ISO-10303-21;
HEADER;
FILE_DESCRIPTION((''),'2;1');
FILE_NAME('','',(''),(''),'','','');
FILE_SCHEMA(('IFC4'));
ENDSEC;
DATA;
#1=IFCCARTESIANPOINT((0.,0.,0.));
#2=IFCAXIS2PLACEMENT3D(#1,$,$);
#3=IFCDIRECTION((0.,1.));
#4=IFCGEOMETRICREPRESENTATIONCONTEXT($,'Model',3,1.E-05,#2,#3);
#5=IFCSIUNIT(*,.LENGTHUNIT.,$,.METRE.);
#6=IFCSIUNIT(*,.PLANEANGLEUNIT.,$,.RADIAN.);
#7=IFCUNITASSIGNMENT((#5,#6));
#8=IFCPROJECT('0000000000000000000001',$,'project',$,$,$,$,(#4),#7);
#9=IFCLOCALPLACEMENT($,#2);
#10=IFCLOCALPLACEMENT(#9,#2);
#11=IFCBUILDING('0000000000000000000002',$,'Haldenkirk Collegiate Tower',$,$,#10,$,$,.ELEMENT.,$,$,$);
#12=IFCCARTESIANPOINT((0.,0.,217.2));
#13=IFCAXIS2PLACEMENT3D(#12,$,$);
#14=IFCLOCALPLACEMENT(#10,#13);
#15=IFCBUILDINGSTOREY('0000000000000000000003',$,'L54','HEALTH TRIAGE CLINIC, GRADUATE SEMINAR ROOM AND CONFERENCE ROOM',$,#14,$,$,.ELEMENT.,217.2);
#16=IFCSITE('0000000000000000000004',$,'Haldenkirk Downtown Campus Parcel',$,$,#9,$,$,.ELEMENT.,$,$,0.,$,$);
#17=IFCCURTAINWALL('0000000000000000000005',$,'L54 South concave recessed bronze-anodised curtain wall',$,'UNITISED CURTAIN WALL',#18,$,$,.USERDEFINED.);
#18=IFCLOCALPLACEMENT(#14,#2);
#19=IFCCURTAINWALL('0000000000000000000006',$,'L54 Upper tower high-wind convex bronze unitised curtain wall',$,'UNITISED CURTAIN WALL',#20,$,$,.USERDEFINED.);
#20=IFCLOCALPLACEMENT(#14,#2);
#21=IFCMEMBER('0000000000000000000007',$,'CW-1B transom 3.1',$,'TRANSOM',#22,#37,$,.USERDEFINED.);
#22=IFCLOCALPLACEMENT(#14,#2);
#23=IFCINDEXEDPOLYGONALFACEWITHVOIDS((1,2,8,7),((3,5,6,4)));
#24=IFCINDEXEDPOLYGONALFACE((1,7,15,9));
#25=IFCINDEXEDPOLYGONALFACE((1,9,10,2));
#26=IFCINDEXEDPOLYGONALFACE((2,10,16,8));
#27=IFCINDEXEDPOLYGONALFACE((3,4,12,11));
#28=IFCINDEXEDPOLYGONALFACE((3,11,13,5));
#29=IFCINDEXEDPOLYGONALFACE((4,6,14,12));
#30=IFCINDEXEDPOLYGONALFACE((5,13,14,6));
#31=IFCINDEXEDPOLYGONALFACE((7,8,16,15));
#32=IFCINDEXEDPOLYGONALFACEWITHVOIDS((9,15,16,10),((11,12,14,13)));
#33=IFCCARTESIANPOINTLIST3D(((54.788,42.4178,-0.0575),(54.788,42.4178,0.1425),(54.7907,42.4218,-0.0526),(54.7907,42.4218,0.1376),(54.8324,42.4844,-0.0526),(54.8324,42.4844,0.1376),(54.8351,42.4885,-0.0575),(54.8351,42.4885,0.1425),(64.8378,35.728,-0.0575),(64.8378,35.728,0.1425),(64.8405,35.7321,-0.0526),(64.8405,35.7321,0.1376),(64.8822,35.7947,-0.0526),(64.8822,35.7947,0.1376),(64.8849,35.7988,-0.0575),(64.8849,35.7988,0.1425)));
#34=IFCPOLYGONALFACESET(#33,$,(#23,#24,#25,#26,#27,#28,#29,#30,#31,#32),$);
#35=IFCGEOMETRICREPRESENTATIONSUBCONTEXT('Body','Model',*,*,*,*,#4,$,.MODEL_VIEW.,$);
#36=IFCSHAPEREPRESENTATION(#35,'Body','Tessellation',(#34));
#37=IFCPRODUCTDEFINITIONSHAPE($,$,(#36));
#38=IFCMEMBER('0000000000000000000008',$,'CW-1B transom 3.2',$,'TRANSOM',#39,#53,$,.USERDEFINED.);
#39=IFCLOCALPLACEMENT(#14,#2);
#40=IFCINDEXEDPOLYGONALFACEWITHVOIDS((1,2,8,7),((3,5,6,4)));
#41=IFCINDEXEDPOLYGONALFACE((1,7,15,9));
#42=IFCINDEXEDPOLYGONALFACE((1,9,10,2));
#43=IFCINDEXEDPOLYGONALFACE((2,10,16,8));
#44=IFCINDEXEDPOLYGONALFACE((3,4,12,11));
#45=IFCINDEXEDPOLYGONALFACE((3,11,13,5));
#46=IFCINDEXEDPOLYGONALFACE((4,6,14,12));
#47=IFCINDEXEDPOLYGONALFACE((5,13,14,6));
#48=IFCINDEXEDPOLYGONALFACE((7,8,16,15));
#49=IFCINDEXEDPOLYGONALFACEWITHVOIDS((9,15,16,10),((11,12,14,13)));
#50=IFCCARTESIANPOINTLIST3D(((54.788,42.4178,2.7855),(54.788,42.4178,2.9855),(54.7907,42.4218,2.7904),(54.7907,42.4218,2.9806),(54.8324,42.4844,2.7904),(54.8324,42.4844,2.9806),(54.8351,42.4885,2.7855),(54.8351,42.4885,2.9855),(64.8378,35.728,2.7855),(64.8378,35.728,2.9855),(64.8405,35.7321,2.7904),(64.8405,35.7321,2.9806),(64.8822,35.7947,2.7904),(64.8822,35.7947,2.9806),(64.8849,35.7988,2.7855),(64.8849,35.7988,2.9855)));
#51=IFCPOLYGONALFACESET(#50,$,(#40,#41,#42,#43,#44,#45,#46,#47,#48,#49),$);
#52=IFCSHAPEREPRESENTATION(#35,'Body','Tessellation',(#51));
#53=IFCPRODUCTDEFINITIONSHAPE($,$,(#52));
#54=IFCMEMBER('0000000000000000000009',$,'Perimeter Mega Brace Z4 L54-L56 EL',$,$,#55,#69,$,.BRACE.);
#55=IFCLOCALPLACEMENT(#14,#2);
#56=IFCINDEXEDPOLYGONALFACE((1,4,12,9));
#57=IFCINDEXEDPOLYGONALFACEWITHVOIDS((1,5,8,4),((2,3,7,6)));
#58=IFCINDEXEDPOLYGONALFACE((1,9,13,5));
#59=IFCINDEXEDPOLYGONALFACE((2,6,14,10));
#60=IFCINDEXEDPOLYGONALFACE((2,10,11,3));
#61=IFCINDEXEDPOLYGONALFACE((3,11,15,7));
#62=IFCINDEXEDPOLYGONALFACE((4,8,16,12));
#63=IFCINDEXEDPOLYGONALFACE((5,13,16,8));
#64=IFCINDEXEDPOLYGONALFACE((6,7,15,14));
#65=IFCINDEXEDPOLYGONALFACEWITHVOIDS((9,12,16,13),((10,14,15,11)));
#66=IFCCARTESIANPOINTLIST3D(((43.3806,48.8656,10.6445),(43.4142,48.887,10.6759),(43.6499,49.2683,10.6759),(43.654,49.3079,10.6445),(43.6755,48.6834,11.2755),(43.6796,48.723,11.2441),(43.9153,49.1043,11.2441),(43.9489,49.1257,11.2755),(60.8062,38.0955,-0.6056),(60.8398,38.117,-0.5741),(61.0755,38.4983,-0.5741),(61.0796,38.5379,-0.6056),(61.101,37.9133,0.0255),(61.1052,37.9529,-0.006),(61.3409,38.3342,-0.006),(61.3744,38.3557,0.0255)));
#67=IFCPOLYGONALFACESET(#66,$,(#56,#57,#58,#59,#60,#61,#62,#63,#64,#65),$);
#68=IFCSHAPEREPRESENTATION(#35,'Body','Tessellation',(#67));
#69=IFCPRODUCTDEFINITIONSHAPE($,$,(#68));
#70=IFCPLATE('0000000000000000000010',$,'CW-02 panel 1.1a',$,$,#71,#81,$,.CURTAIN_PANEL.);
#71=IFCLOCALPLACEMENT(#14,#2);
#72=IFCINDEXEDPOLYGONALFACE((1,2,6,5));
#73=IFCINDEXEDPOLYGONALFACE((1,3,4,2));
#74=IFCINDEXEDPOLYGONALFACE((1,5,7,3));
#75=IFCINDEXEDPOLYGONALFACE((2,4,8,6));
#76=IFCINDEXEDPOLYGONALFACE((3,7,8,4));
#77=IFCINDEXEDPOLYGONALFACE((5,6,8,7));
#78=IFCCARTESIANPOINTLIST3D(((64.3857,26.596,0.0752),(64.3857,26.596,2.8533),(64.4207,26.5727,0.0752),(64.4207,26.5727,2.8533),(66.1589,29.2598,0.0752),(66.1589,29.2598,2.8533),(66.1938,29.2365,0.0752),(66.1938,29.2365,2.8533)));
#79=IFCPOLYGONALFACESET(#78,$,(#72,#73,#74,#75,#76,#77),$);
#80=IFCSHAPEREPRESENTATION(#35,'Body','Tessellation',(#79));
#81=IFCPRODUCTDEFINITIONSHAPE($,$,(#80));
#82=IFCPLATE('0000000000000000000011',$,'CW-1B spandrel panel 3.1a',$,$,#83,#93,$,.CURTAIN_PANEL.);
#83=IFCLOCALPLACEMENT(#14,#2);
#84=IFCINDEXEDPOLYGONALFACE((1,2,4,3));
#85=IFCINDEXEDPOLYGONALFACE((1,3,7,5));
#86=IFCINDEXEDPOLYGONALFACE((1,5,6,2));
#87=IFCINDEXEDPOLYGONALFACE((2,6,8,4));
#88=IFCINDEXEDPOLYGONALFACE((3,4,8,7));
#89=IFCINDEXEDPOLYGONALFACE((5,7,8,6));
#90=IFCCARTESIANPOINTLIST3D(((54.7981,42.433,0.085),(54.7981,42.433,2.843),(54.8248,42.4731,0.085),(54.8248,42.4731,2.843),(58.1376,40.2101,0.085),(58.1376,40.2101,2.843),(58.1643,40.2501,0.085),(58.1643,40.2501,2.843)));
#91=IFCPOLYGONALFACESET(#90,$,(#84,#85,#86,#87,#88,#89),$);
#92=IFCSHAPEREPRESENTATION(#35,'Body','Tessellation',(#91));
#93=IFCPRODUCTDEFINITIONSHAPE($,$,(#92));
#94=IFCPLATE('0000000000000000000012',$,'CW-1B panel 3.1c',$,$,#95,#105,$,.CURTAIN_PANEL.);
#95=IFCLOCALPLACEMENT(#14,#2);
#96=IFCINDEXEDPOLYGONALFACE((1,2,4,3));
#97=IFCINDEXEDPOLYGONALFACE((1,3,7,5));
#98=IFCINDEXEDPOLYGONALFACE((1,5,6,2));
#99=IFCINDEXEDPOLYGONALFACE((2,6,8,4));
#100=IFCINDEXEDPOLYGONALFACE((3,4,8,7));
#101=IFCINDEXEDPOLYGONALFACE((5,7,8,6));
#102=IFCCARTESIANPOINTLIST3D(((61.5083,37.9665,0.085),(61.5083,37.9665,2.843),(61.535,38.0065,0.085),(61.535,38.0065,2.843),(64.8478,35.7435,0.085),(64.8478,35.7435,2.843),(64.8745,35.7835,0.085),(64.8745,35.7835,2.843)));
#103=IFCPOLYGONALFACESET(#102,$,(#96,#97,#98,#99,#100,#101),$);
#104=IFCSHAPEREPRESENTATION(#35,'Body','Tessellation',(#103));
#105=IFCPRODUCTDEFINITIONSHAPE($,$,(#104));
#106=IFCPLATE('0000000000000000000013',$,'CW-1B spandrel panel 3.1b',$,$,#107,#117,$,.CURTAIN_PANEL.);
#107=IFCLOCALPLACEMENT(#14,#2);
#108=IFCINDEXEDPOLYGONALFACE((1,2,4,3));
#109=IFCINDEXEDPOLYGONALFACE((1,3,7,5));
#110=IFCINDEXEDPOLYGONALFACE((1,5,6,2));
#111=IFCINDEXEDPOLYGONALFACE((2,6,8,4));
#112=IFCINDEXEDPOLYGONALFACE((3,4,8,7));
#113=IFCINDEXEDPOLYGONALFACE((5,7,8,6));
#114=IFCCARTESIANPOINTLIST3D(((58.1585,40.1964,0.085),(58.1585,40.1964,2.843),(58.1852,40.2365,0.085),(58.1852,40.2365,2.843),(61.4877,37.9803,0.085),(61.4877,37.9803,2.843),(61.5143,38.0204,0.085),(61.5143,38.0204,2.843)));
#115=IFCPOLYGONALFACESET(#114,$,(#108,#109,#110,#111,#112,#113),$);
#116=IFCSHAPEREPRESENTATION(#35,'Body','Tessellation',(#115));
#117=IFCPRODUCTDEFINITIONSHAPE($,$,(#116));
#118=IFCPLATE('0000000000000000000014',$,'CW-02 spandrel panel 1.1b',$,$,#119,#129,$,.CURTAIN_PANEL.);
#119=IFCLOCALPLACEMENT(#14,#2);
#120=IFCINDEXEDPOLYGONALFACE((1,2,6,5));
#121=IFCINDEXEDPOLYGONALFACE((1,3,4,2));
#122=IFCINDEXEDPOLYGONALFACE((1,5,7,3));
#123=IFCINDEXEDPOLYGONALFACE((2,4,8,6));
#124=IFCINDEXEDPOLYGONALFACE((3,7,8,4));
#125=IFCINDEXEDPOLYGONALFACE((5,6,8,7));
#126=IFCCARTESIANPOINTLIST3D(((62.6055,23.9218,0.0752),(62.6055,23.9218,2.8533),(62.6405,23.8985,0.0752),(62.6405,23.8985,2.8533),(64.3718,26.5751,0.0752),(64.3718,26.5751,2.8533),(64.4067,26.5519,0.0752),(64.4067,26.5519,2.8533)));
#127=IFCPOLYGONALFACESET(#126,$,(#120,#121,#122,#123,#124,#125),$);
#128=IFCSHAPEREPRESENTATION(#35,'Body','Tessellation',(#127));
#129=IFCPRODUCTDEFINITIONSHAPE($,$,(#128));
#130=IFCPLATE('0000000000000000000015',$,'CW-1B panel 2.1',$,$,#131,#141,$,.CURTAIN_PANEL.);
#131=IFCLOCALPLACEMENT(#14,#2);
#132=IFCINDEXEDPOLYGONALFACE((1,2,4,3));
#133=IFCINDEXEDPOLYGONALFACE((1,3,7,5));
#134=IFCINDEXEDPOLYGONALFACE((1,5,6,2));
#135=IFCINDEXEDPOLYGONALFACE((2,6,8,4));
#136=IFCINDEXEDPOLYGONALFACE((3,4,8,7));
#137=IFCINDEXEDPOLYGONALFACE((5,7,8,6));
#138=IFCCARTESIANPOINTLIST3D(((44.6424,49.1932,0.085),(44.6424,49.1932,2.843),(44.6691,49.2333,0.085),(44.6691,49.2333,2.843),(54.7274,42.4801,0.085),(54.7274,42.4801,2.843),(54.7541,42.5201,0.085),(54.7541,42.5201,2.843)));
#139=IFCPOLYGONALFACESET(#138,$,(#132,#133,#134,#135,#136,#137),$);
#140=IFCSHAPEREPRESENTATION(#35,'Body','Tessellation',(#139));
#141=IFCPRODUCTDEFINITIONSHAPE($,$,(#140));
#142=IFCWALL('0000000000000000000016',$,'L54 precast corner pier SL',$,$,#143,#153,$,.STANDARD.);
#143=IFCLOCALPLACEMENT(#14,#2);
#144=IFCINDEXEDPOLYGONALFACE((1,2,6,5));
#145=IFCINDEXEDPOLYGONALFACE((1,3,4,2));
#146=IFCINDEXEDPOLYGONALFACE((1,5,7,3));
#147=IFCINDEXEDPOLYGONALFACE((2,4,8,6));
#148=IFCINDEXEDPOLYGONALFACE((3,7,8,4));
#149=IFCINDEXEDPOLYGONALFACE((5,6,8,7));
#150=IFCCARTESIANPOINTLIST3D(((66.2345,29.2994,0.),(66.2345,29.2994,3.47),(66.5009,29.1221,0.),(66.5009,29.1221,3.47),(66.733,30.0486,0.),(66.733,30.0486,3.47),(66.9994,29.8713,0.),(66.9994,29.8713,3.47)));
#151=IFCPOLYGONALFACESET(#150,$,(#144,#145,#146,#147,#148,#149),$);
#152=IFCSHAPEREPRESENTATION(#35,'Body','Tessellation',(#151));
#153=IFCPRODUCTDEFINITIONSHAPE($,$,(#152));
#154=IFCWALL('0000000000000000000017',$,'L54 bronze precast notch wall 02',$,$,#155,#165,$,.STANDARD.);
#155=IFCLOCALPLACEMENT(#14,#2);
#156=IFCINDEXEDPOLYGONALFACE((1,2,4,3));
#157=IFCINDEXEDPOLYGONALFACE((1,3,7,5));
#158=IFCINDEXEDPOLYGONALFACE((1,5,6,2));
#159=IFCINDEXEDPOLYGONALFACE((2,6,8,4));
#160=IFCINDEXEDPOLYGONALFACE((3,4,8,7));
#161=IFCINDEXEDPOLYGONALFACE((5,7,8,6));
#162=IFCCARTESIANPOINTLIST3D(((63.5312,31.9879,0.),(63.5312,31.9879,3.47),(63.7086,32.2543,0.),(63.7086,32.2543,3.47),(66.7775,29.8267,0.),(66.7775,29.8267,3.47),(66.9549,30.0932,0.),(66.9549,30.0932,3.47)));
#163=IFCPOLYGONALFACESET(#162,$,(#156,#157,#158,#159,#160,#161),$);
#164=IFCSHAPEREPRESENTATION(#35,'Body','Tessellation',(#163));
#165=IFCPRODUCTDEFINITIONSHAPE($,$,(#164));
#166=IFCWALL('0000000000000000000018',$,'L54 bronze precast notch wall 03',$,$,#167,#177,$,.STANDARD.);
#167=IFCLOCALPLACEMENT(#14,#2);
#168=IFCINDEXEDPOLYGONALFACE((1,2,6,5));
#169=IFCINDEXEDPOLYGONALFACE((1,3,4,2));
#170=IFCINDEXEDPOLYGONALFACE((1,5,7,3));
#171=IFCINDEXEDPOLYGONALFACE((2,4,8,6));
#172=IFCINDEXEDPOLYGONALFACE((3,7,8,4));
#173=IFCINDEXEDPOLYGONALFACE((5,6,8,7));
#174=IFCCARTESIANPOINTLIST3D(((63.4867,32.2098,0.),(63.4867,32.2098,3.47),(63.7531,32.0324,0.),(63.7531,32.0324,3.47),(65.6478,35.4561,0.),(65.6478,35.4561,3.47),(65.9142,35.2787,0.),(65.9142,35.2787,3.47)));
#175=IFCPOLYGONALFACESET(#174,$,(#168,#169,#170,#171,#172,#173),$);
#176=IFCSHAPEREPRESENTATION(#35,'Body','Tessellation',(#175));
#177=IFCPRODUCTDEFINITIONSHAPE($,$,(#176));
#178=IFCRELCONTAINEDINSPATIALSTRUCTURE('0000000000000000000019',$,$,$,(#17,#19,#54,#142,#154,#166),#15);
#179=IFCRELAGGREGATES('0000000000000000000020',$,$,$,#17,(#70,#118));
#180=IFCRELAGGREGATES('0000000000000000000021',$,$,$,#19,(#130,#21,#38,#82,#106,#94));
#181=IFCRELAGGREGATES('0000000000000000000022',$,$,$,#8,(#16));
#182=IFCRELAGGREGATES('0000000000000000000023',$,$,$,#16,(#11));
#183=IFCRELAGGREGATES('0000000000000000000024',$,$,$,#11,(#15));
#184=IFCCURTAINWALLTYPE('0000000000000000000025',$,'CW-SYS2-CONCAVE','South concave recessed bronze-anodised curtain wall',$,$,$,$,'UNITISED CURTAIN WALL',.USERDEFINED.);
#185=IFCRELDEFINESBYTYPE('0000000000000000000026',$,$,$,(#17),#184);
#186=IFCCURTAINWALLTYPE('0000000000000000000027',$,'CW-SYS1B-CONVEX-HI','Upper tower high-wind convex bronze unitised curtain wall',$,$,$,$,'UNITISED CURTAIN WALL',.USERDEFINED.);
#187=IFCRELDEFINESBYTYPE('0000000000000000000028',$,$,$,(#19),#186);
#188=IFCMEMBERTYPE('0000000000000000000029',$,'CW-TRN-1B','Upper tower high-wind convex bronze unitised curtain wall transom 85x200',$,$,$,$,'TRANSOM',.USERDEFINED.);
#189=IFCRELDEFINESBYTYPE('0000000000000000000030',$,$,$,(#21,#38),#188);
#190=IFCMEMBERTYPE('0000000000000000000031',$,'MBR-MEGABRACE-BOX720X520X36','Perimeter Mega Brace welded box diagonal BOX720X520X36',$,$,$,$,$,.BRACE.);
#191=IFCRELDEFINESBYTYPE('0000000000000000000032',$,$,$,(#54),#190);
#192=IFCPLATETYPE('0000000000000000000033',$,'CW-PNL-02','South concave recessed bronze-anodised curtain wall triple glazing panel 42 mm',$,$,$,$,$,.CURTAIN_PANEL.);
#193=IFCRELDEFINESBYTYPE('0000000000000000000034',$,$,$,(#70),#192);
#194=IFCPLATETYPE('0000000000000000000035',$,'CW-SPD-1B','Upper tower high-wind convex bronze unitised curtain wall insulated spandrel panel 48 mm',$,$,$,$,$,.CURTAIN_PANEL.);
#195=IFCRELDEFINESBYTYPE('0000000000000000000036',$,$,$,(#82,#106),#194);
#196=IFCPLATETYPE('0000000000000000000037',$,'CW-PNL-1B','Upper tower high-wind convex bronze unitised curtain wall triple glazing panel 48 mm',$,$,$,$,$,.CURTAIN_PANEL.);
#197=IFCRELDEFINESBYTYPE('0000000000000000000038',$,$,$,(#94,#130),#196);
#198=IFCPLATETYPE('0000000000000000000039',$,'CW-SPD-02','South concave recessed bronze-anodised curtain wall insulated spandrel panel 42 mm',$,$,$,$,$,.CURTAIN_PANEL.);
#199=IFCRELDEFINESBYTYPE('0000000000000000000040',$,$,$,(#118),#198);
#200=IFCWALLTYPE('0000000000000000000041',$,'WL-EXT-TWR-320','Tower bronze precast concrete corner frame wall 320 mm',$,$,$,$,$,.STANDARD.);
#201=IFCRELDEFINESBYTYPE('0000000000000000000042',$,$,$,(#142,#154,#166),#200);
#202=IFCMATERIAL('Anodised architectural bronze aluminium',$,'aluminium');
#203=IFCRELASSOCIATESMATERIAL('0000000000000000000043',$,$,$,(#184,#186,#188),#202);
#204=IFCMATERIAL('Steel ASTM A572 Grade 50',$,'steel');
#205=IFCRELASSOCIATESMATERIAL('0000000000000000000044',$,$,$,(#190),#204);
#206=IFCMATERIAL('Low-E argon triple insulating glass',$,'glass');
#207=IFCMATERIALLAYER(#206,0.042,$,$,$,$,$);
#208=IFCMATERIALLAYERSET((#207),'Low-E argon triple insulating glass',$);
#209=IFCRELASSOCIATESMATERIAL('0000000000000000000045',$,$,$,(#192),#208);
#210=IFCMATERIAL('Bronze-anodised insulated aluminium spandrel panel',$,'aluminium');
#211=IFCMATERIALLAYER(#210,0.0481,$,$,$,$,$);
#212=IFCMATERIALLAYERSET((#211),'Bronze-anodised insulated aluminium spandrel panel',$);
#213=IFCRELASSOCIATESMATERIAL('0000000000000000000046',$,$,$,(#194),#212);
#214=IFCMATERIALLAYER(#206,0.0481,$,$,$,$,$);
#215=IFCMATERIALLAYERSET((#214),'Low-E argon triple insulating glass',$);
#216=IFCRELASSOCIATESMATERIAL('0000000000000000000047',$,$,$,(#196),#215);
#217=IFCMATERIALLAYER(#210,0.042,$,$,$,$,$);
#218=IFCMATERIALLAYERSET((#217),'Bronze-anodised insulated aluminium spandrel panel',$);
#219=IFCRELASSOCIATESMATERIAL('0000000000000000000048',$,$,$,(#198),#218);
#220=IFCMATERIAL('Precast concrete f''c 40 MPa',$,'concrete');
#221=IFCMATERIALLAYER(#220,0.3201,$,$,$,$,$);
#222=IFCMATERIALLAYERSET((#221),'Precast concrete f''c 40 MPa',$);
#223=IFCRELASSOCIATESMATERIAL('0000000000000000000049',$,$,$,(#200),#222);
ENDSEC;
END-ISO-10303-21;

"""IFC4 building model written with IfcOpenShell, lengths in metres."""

from ifc_helpers import new_model, si_unit, direction, frame, frame_2d, origin, origin_2d, place, context, subcontext, project, spatial, rectangle, hollow_rectangle, extrude, source, transform, mapped, material, layer, layer_set, material_profile, profile_set, type_object, element, aggregate, save


model = new_model("IFC4")

# Units and contexts
model_context = context("Model", 3, precision=1e-05, world=origin(), true_north=direction((0.0, 1.0)))
body_context = subcontext(model_context, "Body", "Model", "MODEL_VIEW")
ifc_project = project(units=[si_unit("LENGTHUNIT", "METRE"), si_unit("PLANEANGLEUNIT", "RADIAN")], contexts=[model_context])

# Site, building, storey
site_placement = place(None, origin())
site = spatial("IfcSite", under=ifc_project, at=site_placement, Name="Haldenkirk Downtown Campus Parcel", CompositionType="ELEMENT", RefElevation=0.0)
building_placement = place(site_placement, origin())
building = spatial("IfcBuilding", under=site, at=building_placement, Name="Haldenkirk Collegiate Tower", CompositionType="ELEMENT")
storey_placement = place(building_placement, frame((0.0, 0.0, 217.2)))
storey = spatial("IfcBuildingStorey", under=building, at=storey_placement, Name="L54", Description="HEALTH TRIAGE CLINIC, GRADUATE SEMINAR ROOM AND CONFERENCE ROOM", CompositionType="ELEMENT", Elevation=217.2)

# Shared definitions
ifc_material_1 = material(Name="Steel ASTM A572 Grade 50", Category="steel")

# Curtain wall
ifc_material_2 = material(Name="Anodised architectural bronze aluminium", Category="aluminium")
curtain_wall_type_1 = type_object("IfcCurtainWallType", Name="CW-SYS2-CONCAVE", Description="South concave recessed bronze-anodised curtain wall", ElementType="UNITISED CURTAIN WALL", PredefinedType="USERDEFINED", material=ifc_material_2)
curtain_wall_1_placement = place(storey_placement, origin())
curtain_wall_1 = element("IfcCurtainWall", 1, at=curtain_wall_1_placement, inside=storey, type_object=curtain_wall_type_1, Name="L54 South concave recessed bronze-anodised curtain wall", ObjectType="UNITISED CURTAIN WALL", PredefinedType="USERDEFINED")

# Curtain wall
curtain_wall_type_2 = type_object("IfcCurtainWallType", Name="CW-SYS1B-CONVEX-HI", Description="Upper tower high-wind convex bronze unitised curtain wall", ElementType="UNITISED CURTAIN WALL", PredefinedType="USERDEFINED", material=ifc_material_2)
curtain_wall_2_placement = place(storey_placement, origin())
curtain_wall_2 = element("IfcCurtainWall", 2, at=curtain_wall_2_placement, inside=storey, type_object=curtain_wall_type_2, Name="L54 Upper tower high-wind convex bronze unitised curtain wall", ObjectType="UNITISED CURTAIN WALL", PredefinedType="USERDEFINED")

# Members
ifc_material_profile_1 = material_profile(ifc_material_2, hollow_rectangle(XDim=0.085, YDim=0.2, WallThickness=0.0049, at=origin_2d()), Name="CW-TRN-1B")
ifc_profile_set_1 = profile_set([ifc_material_profile_1], Name="Anodised architectural bronze aluminium")
member_type_1 = type_object("IfcMemberType", Name="CW-TRN-1B", Description="Upper tower high-wind convex bronze unitised curtain wall transom 85x200", ElementType="TRANSOM", PredefinedType="USERDEFINED", material=ifc_profile_set_1)
member_1_placement = place(storey_placement, frame((54.8115, 42.4531, 0.0425), z_axis=(0.832439, -0.554117, 0.0), x_axis=(0.554117, 0.832439, 0.0)))
member_1 = element("IfcMember", 3, at=member_1_placement, type_object=member_type_1, Name="CW-1B transom 3.1", ObjectType="TRANSOM", PredefinedType="USERDEFINED", context=body_context, shape_type="SweptSolid", body=[
    extrude(hollow_rectangle(XDim=0.085, YDim=0.2, WallThickness=0.0049, at=origin_2d()), origin(), (0.0, 0.0, 1.0), 12.0728),
])
member_2_placement = place(storey_placement, frame((54.8115, 42.4531, 2.8855), z_axis=(0.832439, -0.554117, 0.0), x_axis=(0.554117, 0.832439, 0.0)))
member_2 = element("IfcMember", 4, at=member_2_placement, type_object=member_type_1, Name="CW-1B transom 3.2", ObjectType="TRANSOM", PredefinedType="USERDEFINED", context=body_context, shape_type="SweptSolid", body=[
    extrude(hollow_rectangle(XDim=0.085, YDim=0.2, WallThickness=0.0049, at=origin_2d()), origin(), (0.0, 0.0, 1.0), 12.0728),
])
ifc_material_profile_2 = material_profile(ifc_material_1, hollow_rectangle(XDim=0.52, YDim=0.72, WallThickness=0.0359, at=origin_2d()), Name="BOX720X520X36")
ifc_profile_set_2 = profile_set([ifc_material_profile_2], Name="Steel ASTM A572 Grade 50")
member_type_2 = type_object("IfcMemberType", Name="MBR-MEGABRACE-BOX720X520X36", Description="Perimeter Mega Brace welded box diagonal BOX720X520X36", PredefinedType="BRACE", material=ifc_profile_set_2)
member_3_placement = place(storey_placement, frame((61.0903, 38.2256, -0.29), z_axis=(-0.745604, 0.460828, 0.481365), x_axis=(-0.525747, -0.850641, 0.0)))
element("IfcMember", 5, at=member_3_placement, inside=storey, type_object=member_type_2, Name="Perimeter Mega Brace Z4 L54-L56 EL", PredefinedType="BRACE", context=body_context, shape_type="SweptSolid", body=[
    extrude(hollow_rectangle(XDim=0.52, YDim=0.72, WallThickness=0.0359, at=origin_2d()), origin(), (0.0, 0.0, 1.0), 23.3711),
])

# Plates
ifc_material_3 = material(Name="Low-E argon triple insulating glass", Category="glass")
ifc_layer_1 = layer(ifc_material_3, 0.042)
ifc_layer_set_1 = layer_set([ifc_layer_1], Name="Low-E argon triple insulating glass")
plate_type_1 = type_object("IfcPlateType", Name="CW-PNL-02", Description="South concave recessed bronze-anodised curtain wall triple glazing panel 42 mm", PredefinedType="CURTAIN_PANEL", material=ifc_layer_set_1)
shared_shape_1 = source(origin(), body_context, "Body", "SweptSolid", [
    extrude(rectangle(XDim=3.2, YDim=0.042, at=origin_2d()), origin(), (0.0, 0.0, 1.0), 2.7781),
])
plate_1_placement = place(storey_placement, frame((65.2898, 27.9163, 0.0752), z_axis=(0.0, 0.0, 1.0), x_axis=(-0.554118, -0.832438, 0.0)))
plate_1 = element("IfcPlate", 6, at=plate_1_placement, type_object=plate_type_1, Name="CW-02 panel 1.1a", PredefinedType="CURTAIN_PANEL", context=body_context, shape_type="MappedRepresentation", body=[
    mapped(shared_shape_1, transform((0.0, 0.0, 0.0), x_axis=(1.0, 0.0, 0.0), y_axis=(0.0, 1.0, 0.0), z_axis=(0.0, 0.0, 1.0), scale=1.0)),
])
ifc_material_4 = material(Name="Bronze-anodised insulated aluminium spandrel panel", Category="aluminium")
ifc_layer_2 = layer(ifc_material_4, 0.0481)
ifc_layer_set_2 = layer_set([ifc_layer_2], Name="Bronze-anodised insulated aluminium spandrel panel")
plate_type_2 = type_object("IfcPlateType", Name="CW-SPD-1B", Description="Upper tower high-wind convex bronze unitised curtain wall insulated spandrel panel 48 mm", PredefinedType="CURTAIN_PANEL", material=ifc_layer_set_2)
shared_shape_2 = source(origin(), body_context, "Body", "SweptSolid", [
    extrude(rectangle(XDim=4.0117, YDim=0.0481, at=origin_2d()), origin(), (0.0, 0.0, 1.0), 2.7581),
])
plate_2_placement = place(storey_placement, frame((56.4812, 41.3416, 0.085), z_axis=(0.0, 0.0, 1.0), x_axis=(0.832438, -0.554119, 0.0)))
plate_2 = element("IfcPlate", 7, at=plate_2_placement, type_object=plate_type_2, Name="CW-1B spandrel panel 3.1a", PredefinedType="CURTAIN_PANEL", context=body_context, shape_type="MappedRepresentation", body=[
    mapped(shared_shape_2, transform((0.0, 0.0, 0.0), x_axis=(1.0, 0.0, 0.0), y_axis=(0.0, 1.0, 0.0), z_axis=(0.0, 0.0, 1.0), scale=1.0)),
])
ifc_layer_3 = layer(ifc_material_3, 0.0481)
ifc_layer_set_3 = layer_set([ifc_layer_3], Name="Low-E argon triple insulating glass")
plate_type_3 = type_object("IfcPlateType", Name="CW-PNL-1B", Description="Upper tower high-wind convex bronze unitised curtain wall triple glazing panel 48 mm", PredefinedType="CURTAIN_PANEL", material=ifc_layer_set_3)
plate_3_placement = place(storey_placement, frame((63.1914, 36.875, 0.085), z_axis=(0.0, 0.0, 1.0), x_axis=(0.832438, -0.554119, 0.0)))
plate_3 = element("IfcPlate", 8, at=plate_3_placement, type_object=plate_type_3, Name="CW-1B panel 3.1c", PredefinedType="CURTAIN_PANEL", context=body_context, shape_type="MappedRepresentation", body=[
    mapped(shared_shape_2, transform((0.0, 0.0, 0.0), x_axis=(1.0, 0.0, 0.0), y_axis=(0.0, 1.0, 0.0), z_axis=(0.0, 0.0, 1.0), scale=1.0)),
])
shared_shape_3 = source(origin(), body_context, "Body", "SweptSolid", [
    extrude(rectangle(XDim=3.9993, YDim=0.0481, at=origin_2d()), origin(), (0.0, 0.0, 1.0), 2.7581),
])
plate_4_placement = place(storey_placement, frame((59.8364, 39.1084, 0.085), z_axis=(0.0, 0.0, 1.0), x_axis=(0.832438, -0.554119, 0.0)))
plate_4 = element("IfcPlate", 9, at=plate_4_placement, type_object=plate_type_2, Name="CW-1B spandrel panel 3.1b", PredefinedType="CURTAIN_PANEL", context=body_context, shape_type="MappedRepresentation", body=[
    mapped(shared_shape_3, transform((0.0, 0.0, 0.0), x_axis=(1.0, 0.0, 0.0), y_axis=(0.0, 1.0, 0.0), z_axis=(0.0, 0.0, 1.0), scale=1.0)),
])
ifc_layer_4 = layer(ifc_material_4, 0.042)
ifc_layer_set_4 = layer_set([ifc_layer_4], Name="Bronze-anodised insulated aluminium spandrel panel")
plate_type_4 = type_object("IfcPlateType", Name="CW-SPD-02", Description="South concave recessed bronze-anodised curtain wall insulated spandrel panel 42 mm", PredefinedType="CURTAIN_PANEL", material=ifc_layer_set_4)
shared_shape_4 = source(origin(), body_context, "Body", "SweptSolid", [
    extrude(rectangle(XDim=3.1875, YDim=0.042, at=origin_2d()), origin(), (0.0, 0.0, 1.0), 2.7781),
])
plate_5_placement = place(storey_placement, frame((63.5061, 25.2368, 0.0752), z_axis=(0.0, 0.0, 1.0), x_axis=(-0.554118, -0.832438, 0.0)))
plate_5 = element("IfcPlate", 10, at=plate_5_placement, type_object=plate_type_4, Name="CW-02 spandrel panel 1.1b", PredefinedType="CURTAIN_PANEL", context=body_context, shape_type="MappedRepresentation", body=[
    mapped(shared_shape_4, transform((0.0, 0.0, 0.0), x_axis=(1.0, 0.0, 0.0), y_axis=(0.0, 1.0, 0.0), z_axis=(0.0, 0.0, 1.0), scale=1.0)),
])
aggregate(curtain_wall_1, [plate_1, plate_5])
shared_shape_5 = source(origin(), body_context, "Body", "SweptSolid", [
    extrude(rectangle(XDim=12.115, YDim=0.0481, at=origin_2d()), origin(), (0.0, 0.0, 1.0), 2.7581),
])
plate_6_placement = place(storey_placement, frame((49.6982, 45.8567, 0.085), z_axis=(0.0, 0.0, 1.0), x_axis=(0.832438, -0.554119, 0.0)))
plate_6 = element("IfcPlate", 11, at=plate_6_placement, type_object=plate_type_3, Name="CW-1B panel 2.1", PredefinedType="CURTAIN_PANEL", context=body_context, shape_type="MappedRepresentation", body=[
    mapped(shared_shape_5, transform((0.0, 0.0, 0.0), x_axis=(1.0, 0.0, 0.0), y_axis=(0.0, 1.0, 0.0), z_axis=(0.0, 0.0, 1.0), scale=1.0)),
])
aggregate(curtain_wall_2, [plate_6, member_1, member_2, plate_2, plate_4, plate_3])

# Walls
ifc_material_5 = material(Name="Precast concrete f'c 40 MPa", Category="concrete")
ifc_layer_5 = layer(ifc_material_5, 0.3201)
ifc_layer_set_5 = layer_set([ifc_layer_5], Name="Precast concrete f'c 40 MPa")
wall_type_1 = type_object("IfcWallType", Name="WL-EXT-TWR-320", Description="Tower bronze precast concrete corner frame wall 320 mm", PredefinedType="STANDARD", material=ifc_layer_set_5)
wall_1_placement = place(storey_placement, frame((66.8662, 29.96, 0.0), z_axis=(0.0, 0.0, 1.0), x_axis=(-0.553949, -0.832551, 0.0)))
element("IfcWall", 12, at=wall_1_placement, inside=storey, type_object=wall_type_1, Name="L54 precast corner pier SL", PredefinedType="STANDARD", context=body_context, shape_type="SweptSolid", body=[
    extrude(rectangle(XDim=0.8999, YDim=0.3201, at=frame_2d((0.45, 0.0))), origin(), (0.0, 0.0, 1.0), 3.47),
])
for number, where, z_axis, x_axis, name in (
    (13, (63.6199, 32.1211, 0.0), (0.0, 0.0, 1.0), (0.832416, -0.554151, 0.0), "L54 bronze precast notch wall 02"),
    (14, (65.781, 35.3674, 0.0), (0.0, 0.0, 1.0), (-0.554151, -0.832416, 0.0), "L54 bronze precast notch wall 03"),
):
    element("IfcWall", number, at=place(storey_placement, frame(where, z_axis=z_axis, x_axis=x_axis)), inside=storey, type_object=wall_type_1, Name=name, PredefinedType="STANDARD", context=body_context, shape_type="SweptSolid", body=[
        extrude(rectangle(XDim=3.8999, YDim=0.3201, at=frame_2d((1.95, 0.0))), origin(), (0.0, 0.0, 1.0), 3.47),
    ])

save(model, "model.ifc")
